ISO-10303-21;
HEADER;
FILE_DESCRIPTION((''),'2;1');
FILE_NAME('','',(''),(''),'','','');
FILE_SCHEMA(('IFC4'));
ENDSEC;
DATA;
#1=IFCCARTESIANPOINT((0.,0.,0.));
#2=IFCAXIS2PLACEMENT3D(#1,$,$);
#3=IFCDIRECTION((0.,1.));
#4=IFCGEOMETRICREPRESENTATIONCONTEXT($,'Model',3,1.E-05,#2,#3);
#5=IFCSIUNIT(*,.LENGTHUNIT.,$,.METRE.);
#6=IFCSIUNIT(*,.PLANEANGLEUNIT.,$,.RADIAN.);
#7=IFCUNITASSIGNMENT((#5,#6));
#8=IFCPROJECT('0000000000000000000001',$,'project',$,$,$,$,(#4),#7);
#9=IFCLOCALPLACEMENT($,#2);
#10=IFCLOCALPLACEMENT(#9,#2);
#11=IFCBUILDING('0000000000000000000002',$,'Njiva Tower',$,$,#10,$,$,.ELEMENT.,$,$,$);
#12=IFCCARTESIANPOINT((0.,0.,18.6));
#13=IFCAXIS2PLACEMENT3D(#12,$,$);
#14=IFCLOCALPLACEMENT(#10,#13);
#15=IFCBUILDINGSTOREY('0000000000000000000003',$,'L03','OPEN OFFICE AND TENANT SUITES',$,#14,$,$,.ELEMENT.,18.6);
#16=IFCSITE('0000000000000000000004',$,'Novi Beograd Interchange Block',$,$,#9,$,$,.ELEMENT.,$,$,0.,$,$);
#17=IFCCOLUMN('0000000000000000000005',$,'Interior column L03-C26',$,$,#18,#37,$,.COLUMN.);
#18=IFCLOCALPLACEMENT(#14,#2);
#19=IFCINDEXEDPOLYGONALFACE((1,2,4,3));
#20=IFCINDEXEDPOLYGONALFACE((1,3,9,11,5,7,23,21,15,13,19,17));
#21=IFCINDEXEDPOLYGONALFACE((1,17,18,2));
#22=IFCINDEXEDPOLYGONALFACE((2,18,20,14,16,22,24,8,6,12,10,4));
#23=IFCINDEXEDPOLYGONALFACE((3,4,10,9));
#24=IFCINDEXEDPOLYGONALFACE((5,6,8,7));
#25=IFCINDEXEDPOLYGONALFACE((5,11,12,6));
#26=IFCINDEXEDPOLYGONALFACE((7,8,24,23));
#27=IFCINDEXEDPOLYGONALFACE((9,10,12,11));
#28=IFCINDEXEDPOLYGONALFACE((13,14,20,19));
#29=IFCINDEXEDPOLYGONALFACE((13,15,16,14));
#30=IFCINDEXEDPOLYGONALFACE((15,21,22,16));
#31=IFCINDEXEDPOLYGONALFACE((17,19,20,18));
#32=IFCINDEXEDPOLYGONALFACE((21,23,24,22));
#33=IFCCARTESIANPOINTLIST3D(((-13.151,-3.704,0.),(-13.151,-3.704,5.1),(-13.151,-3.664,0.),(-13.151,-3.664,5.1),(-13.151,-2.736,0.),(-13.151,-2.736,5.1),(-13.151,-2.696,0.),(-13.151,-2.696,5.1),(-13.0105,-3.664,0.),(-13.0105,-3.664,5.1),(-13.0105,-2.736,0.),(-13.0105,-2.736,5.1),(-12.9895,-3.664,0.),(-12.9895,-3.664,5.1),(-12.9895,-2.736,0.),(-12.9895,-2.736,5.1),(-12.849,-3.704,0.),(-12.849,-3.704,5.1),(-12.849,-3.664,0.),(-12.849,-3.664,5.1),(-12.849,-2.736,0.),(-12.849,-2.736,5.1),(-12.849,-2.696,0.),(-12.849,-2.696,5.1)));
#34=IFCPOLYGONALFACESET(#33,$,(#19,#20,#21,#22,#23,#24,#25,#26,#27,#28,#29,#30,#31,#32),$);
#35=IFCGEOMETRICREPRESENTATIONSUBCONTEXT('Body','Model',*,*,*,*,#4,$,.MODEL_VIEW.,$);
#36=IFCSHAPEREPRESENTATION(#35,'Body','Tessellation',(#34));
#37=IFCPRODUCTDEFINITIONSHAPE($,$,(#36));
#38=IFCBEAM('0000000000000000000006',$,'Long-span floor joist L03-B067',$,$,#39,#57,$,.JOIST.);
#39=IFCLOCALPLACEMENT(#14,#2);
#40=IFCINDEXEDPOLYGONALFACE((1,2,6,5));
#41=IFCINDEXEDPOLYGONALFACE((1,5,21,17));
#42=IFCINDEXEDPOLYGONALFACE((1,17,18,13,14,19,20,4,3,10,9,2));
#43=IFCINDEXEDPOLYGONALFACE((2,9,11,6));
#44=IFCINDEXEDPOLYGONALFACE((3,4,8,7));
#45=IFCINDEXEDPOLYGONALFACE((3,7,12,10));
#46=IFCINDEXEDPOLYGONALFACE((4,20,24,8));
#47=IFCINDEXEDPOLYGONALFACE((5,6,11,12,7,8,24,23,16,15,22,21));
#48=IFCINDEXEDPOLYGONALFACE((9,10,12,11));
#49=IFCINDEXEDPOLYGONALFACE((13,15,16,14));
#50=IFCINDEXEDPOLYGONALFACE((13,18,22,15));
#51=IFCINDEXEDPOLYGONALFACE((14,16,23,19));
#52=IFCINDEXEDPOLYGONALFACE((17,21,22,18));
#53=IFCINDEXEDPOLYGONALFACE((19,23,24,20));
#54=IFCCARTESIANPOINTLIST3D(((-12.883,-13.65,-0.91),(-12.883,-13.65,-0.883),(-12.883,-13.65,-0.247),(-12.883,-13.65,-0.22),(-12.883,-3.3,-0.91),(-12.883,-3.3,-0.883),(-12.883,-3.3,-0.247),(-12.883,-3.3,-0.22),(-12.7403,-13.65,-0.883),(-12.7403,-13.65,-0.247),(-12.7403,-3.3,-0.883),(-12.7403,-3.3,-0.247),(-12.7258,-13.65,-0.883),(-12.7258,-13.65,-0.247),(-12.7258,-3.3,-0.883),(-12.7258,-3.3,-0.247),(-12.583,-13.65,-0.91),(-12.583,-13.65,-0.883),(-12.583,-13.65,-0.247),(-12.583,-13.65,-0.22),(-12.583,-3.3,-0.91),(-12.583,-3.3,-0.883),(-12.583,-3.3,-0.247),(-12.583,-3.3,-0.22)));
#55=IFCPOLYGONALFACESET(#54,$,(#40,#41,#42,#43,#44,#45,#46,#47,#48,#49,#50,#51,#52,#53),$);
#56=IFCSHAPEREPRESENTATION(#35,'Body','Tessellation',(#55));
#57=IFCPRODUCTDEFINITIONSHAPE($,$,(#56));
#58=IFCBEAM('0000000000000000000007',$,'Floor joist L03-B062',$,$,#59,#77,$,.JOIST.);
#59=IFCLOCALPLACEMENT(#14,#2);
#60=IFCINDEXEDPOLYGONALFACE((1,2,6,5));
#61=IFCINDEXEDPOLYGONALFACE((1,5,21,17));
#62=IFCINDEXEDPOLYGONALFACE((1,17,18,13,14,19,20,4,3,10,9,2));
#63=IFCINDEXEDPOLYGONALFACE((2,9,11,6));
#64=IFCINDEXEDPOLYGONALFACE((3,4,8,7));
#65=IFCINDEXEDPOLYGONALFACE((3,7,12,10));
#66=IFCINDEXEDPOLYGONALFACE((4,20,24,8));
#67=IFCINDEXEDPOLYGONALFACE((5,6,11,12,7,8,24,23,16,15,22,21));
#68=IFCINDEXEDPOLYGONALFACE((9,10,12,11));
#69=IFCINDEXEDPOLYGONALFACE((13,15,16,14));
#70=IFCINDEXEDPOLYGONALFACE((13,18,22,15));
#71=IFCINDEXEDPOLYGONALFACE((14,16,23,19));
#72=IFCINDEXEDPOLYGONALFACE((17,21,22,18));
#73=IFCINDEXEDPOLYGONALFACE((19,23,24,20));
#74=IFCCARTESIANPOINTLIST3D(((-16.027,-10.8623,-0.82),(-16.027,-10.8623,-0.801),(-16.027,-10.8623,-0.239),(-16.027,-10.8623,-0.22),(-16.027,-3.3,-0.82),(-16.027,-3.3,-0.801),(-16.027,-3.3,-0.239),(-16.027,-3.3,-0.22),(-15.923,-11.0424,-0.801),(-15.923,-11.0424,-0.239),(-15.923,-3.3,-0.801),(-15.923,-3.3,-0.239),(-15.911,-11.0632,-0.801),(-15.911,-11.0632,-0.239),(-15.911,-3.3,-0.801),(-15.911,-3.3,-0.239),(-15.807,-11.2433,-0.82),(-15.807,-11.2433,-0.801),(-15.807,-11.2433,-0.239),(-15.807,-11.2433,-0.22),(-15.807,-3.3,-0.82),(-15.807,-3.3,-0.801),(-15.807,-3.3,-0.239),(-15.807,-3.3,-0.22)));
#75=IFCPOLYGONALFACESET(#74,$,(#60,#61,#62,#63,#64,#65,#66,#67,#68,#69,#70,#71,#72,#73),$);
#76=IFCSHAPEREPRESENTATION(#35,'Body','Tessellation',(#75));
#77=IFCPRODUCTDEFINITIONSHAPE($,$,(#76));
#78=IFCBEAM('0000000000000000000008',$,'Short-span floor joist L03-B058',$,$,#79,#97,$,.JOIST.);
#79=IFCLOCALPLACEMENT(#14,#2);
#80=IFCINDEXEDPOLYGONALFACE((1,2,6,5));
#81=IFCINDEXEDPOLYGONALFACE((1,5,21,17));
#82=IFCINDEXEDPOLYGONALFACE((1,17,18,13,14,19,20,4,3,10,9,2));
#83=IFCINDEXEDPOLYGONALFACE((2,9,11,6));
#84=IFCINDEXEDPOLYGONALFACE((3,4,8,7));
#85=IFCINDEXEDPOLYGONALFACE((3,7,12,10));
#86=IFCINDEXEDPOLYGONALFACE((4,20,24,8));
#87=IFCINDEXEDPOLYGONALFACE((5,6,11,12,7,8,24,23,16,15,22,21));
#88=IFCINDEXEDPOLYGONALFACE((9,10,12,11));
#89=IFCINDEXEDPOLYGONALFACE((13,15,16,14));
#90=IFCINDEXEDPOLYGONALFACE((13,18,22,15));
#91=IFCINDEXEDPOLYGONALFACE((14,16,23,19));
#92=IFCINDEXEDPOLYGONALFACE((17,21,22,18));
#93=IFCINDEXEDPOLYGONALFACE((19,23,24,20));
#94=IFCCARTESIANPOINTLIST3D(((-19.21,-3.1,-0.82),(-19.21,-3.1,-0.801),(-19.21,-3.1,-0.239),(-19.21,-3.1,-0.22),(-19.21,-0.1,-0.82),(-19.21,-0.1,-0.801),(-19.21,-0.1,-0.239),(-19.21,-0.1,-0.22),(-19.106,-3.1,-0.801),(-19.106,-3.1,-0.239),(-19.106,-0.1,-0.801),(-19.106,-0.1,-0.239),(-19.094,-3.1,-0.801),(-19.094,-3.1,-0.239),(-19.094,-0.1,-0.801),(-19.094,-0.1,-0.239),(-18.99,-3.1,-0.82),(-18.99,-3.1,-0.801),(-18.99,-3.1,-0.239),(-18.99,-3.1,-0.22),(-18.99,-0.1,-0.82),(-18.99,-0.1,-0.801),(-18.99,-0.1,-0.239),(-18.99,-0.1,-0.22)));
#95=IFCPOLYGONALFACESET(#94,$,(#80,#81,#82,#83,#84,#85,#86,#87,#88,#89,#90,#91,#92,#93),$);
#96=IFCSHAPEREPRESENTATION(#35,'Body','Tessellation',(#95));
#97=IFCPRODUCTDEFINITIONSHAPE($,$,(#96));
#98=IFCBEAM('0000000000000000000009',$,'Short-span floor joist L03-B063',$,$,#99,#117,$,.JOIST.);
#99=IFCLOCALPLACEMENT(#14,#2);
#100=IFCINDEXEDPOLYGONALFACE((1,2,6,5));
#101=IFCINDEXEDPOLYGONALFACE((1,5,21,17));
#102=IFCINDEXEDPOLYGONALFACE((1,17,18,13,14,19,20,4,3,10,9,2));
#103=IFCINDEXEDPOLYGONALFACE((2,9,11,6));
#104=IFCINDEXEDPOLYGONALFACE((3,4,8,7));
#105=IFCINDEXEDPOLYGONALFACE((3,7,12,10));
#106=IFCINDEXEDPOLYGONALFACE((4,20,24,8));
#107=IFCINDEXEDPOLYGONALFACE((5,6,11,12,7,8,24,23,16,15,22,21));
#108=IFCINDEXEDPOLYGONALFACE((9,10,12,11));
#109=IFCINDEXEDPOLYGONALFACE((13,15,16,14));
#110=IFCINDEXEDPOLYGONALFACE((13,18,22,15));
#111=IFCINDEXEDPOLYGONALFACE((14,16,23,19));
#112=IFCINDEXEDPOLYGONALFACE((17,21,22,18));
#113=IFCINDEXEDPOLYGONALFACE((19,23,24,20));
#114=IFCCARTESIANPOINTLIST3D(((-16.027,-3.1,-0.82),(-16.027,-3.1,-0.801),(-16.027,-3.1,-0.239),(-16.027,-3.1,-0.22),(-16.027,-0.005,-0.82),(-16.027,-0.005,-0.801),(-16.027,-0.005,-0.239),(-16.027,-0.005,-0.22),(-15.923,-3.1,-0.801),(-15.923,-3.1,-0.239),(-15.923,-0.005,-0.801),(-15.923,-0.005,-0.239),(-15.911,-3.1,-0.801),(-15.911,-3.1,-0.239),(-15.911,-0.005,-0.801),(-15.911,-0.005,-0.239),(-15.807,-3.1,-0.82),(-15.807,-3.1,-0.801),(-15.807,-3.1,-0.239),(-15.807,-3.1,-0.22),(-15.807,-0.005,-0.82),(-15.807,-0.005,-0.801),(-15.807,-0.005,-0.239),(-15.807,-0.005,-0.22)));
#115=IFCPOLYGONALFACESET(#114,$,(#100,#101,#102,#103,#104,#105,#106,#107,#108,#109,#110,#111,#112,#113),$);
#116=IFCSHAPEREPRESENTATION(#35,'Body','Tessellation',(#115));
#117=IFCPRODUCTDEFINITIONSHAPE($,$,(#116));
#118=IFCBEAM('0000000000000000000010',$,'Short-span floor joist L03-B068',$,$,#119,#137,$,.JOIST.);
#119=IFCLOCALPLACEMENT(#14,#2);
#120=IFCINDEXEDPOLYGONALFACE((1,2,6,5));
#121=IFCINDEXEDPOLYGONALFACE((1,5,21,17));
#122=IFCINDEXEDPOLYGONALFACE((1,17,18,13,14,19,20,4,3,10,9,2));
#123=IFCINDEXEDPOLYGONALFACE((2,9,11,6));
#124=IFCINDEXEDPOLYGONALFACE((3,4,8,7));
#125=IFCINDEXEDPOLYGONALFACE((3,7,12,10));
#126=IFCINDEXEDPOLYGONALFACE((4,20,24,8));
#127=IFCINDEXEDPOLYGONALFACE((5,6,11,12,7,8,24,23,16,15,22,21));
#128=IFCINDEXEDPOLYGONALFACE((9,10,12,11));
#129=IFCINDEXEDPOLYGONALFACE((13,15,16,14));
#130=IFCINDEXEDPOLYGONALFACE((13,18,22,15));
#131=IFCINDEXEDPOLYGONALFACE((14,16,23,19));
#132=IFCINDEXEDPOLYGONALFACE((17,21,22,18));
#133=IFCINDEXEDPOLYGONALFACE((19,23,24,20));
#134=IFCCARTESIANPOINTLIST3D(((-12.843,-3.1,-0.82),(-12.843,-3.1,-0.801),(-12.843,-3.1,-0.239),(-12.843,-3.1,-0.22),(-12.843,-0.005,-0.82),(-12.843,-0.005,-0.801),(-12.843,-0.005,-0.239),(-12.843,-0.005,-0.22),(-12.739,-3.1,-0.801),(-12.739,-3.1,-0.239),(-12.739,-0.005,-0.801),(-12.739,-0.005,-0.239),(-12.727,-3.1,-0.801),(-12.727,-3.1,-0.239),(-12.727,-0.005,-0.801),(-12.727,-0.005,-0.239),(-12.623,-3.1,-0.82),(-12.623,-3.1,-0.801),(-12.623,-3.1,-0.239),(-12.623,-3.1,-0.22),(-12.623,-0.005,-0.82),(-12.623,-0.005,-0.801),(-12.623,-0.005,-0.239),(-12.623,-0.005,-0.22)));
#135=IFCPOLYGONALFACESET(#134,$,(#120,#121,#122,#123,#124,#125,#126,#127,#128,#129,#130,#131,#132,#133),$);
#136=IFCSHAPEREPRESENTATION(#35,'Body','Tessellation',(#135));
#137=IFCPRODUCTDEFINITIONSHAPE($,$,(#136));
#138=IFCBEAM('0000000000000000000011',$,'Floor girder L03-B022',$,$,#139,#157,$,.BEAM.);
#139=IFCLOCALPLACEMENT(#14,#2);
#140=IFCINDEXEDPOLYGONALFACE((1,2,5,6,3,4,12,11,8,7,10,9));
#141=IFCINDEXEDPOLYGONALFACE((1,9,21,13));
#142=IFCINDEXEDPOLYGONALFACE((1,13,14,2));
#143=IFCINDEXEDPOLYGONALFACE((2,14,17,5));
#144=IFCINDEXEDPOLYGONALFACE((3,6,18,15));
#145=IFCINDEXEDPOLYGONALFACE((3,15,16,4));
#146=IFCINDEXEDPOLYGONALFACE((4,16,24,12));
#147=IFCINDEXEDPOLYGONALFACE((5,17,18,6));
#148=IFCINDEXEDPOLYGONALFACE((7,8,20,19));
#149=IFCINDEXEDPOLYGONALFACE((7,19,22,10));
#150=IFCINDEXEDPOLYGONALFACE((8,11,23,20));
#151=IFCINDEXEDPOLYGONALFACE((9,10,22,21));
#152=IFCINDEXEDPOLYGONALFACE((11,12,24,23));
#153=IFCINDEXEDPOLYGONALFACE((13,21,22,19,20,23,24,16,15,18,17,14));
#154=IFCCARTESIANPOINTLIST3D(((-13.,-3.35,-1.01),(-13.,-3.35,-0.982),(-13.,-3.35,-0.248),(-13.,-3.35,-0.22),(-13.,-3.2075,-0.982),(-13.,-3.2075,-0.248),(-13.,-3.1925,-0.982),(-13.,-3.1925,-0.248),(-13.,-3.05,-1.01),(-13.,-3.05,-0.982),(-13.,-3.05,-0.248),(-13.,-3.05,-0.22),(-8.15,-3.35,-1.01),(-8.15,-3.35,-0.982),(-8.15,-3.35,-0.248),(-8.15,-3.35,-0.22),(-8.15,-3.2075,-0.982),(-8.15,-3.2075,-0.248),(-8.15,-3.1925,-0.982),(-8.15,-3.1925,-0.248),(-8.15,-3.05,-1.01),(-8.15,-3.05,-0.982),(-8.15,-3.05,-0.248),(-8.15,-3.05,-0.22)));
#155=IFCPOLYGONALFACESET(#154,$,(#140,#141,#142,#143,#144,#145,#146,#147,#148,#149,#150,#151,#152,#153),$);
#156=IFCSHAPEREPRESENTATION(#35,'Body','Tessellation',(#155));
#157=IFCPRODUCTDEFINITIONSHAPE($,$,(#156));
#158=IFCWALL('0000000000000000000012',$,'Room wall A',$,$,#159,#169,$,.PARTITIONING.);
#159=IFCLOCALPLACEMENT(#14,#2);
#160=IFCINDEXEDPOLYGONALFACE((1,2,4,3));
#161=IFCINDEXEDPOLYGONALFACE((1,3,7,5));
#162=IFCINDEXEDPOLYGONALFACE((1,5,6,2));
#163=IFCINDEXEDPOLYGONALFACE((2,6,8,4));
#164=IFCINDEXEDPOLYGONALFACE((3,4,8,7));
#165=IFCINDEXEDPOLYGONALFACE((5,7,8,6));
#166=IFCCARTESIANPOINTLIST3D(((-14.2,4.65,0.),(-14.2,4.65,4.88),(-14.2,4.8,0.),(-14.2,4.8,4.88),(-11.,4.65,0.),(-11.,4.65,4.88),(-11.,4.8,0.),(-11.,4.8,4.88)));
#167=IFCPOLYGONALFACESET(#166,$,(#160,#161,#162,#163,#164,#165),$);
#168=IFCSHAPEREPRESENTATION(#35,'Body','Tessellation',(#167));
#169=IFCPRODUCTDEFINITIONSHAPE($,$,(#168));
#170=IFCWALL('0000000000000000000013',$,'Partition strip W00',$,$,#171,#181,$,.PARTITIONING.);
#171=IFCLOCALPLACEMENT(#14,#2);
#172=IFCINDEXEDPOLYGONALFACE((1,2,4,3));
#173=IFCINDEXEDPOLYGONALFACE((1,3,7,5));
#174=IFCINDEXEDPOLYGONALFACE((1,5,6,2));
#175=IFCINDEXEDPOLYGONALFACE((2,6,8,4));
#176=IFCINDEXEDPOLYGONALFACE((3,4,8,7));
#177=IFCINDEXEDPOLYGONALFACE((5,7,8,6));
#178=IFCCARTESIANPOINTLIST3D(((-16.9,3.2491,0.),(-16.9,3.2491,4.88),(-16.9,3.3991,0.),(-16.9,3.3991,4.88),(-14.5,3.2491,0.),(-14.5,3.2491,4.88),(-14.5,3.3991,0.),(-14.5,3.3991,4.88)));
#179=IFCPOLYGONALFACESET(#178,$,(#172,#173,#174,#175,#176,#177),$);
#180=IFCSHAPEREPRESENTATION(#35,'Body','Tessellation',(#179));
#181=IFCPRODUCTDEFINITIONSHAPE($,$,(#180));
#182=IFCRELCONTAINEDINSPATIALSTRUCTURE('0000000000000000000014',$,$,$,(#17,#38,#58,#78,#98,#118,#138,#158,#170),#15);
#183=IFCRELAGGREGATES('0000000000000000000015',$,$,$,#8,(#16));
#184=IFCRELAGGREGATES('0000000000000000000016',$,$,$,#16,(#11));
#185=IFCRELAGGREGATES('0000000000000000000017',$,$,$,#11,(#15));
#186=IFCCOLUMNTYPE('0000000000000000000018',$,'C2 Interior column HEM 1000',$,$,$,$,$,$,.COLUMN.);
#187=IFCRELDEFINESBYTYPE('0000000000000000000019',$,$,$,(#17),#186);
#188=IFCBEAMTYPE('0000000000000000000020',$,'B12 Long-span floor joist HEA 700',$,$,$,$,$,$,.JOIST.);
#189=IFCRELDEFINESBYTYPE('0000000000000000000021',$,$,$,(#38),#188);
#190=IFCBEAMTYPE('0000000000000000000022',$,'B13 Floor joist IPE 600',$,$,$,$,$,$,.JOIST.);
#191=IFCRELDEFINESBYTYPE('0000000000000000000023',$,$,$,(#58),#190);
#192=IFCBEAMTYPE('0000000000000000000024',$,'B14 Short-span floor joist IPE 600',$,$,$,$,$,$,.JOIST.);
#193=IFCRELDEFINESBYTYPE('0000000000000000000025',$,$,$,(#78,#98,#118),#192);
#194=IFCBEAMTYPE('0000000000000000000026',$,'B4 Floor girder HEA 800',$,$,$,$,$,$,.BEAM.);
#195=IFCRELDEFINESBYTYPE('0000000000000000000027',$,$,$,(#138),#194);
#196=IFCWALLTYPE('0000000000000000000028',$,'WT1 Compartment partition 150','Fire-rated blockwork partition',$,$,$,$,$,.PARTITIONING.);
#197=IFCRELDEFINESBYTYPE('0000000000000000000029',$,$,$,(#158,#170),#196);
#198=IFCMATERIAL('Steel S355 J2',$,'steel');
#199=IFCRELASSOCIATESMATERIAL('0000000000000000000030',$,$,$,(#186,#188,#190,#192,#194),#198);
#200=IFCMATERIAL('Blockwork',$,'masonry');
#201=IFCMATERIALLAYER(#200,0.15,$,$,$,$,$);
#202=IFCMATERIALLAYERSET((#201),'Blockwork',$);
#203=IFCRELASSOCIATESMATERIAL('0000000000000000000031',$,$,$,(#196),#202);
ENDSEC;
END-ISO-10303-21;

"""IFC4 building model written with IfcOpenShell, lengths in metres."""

from ifc_helpers import new_model, si_unit, direction, frame, frame_2d, origin, origin_2d, place, context, subcontext, project, spatial, rectangle, i_section, extrude, clip, halfspace, material, layer, layer_set, material_profile, profile_set, type_object, element, save


model = new_model("IFC4")

# Units and contexts
model_context = context("Model", 3, precision=1e-05, world=origin(), true_north=direction((0.0, 1.0)))
body_context = subcontext(model_context, "Body", "Model", "MODEL_VIEW")
ifc_project = project(units=[si_unit("LENGTHUNIT", "METRE"), si_unit("PLANEANGLEUNIT", "RADIAN")], contexts=[model_context])

# Site, building, storey
site_placement = place(None, origin())
site = spatial("IfcSite", under=ifc_project, at=site_placement, Name="Novi Beograd Interchange Block", CompositionType="ELEMENT", RefElevation=0.0)
building_placement = place(site_placement, origin())
building = spatial("IfcBuilding", under=site, at=building_placement, Name="Njiva Tower", CompositionType="ELEMENT")
storey_placement = place(building_placement, frame((0.0, 0.0, 18.6)))
storey = spatial("IfcBuildingStorey", under=building, at=storey_placement, Name="L03", Description="OPEN OFFICE AND TENANT SUITES", CompositionType="ELEMENT", Elevation=18.6)

# Column
ifc_material_1 = material(Name="Steel S355 J2", Category="steel")
ifc_material_profile_1 = material_profile(ifc_material_1, i_section(OverallWidth=0.302, OverallDepth=1.008, WebThickness=0.021, FlangeThickness=0.04, at=origin_2d()), Name="HEM 1000")
ifc_profile_set_1 = profile_set([ifc_material_profile_1], Name="Steel S355 J2")
column_type = type_object("IfcColumnType", Name="C2 Interior column HEM 1000", PredefinedType="COLUMN", material=ifc_profile_set_1)
column_placement = place(storey_placement, frame((-13.0, -3.2, 0.0), z_axis=(0.0, 0.0, 1.0), x_axis=(1.0, 0.0, 0.0)))
element("IfcColumn", 1, at=column_placement, inside=storey, type_object=column_type, Name="Interior column L03-C26", PredefinedType="COLUMN", context=body_context, shape_type="SweptSolid", body=[
    extrude(i_section(OverallWidth=0.302, OverallDepth=1.008, WebThickness=0.021, FlangeThickness=0.04, at=origin_2d()), origin(), (0.0, 0.0, 1.0), 5.1),
])

# Beams
ifc_material_profile_2 = material_profile(ifc_material_1, i_section(OverallWidth=0.3, OverallDepth=0.69, WebThickness=0.0145, FlangeThickness=0.027, at=origin_2d()), Name="HEA 700")
ifc_profile_set_2 = profile_set([ifc_material_profile_2], Name="Steel S355 J2")
beam_type_1 = type_object("IfcBeamType", Name="B12 Long-span floor joist HEA 700", PredefinedType="JOIST", material=ifc_profile_set_2)
beam_1_placement = place(storey_placement, frame((-12.733, -3.3, -0.565), z_axis=(0.0, -1.0, 0.0), x_axis=(1.0, 0.0, 0.0)))
element("IfcBeam", 2, at=beam_1_placement, inside=storey, type_object=beam_type_1, Name="Long-span floor joist L03-B067", PredefinedType="JOIST", context=body_context, shape_type="SweptSolid", body=[
    extrude(i_section(OverallWidth=0.3, OverallDepth=0.69, WebThickness=0.0145, FlangeThickness=0.027, at=origin_2d()), origin(), (0.0, 0.0, 1.0), 10.35),
])
ifc_material_profile_3 = material_profile(ifc_material_1, i_section(OverallWidth=0.22, OverallDepth=0.6, WebThickness=0.012, FlangeThickness=0.019, at=origin_2d()), Name="IPE 600")
ifc_profile_set_3 = profile_set([ifc_material_profile_3], Name="Steel S355 J2")
beam_type_2 = type_object("IfcBeamType", Name="B13 Floor joist IPE 600", PredefinedType="JOIST", material=ifc_profile_set_3)
beam_2_placement = place(storey_placement, frame((-15.917, -3.3, -0.52), z_axis=(0.0, -1.0, 0.0), x_axis=(1.0, 0.0, 0.0)))
element("IfcBeam", 3, at=beam_2_placement, inside=storey, type_object=beam_type_2, Name="Floor joist L03-B062", PredefinedType="JOIST", context=body_context, shape_type="Clipping", body=[
    clip(extrude(i_section(OverallWidth=0.22, OverallDepth=0.6, WebThickness=0.012, FlangeThickness=0.019, at=origin_2d()), origin(), (0.0, 0.0, 1.0), 7.964), halfspace(frame((-0.043, 0.0, 7.6783), z_axis=(-0.866027, 0.0, 0.499998), x_axis=(0.0, 1.0, 0.0)), False)),
])
ifc_material_profile_4 = material_profile(ifc_material_1, i_section(OverallWidth=0.22, OverallDepth=0.6, WebThickness=0.012, FlangeThickness=0.019, at=origin_2d()), Name="IPE 600")
ifc_profile_set_4 = profile_set([ifc_material_profile_4], Name="Steel S355 J2")
beam_type_3 = type_object("IfcBeamType", Name="B14 Short-span floor joist IPE 600", PredefinedType="JOIST", material=ifc_profile_set_4)
beam_3_placement = place(storey_placement, frame((-19.1, -0.1, -0.52), z_axis=(0.0, -1.0, 0.0), x_axis=(1.0, 0.0, 0.0)))
element("IfcBeam", 4, at=beam_3_placement, inside=storey, type_object=beam_type_3, Name="Short-span floor joist L03-B058", PredefinedType="JOIST", context=body_context, shape_type="SweptSolid", body=[
    extrude(i_section(OverallWidth=0.22, OverallDepth=0.6, WebThickness=0.012, FlangeThickness=0.019, at=origin_2d()), origin(), (0.0, 0.0, 1.0), 3.0),
])
for number, where, z_axis, x_axis, name in (
    (5, (-15.917, -0.005, -0.52), (0.0, -1.0, 0.0), (1.0, 0.0, 0.0), "Short-span floor joist L03-B063"),
    (6, (-12.733, -0.005, -0.52), (0.0, -1.0, 0.0), (1.0, 0.0, 0.0), "Short-span floor joist L03-B068"),
):
    element("IfcBeam", number, at=place(storey_placement, frame(where, z_axis=z_axis, x_axis=x_axis)), inside=storey, type_object=beam_type_3, Name=name, PredefinedType="JOIST", context=body_context, shape_type="SweptSolid", body=[
        extrude(i_section(OverallWidth=0.22, OverallDepth=0.6, WebThickness=0.012, FlangeThickness=0.019, at=origin_2d()), origin(), (0.0, 0.0, 1.0), 3.095),
    ])
ifc_material_profile_5 = material_profile(ifc_material_1, i_section(OverallWidth=0.3, OverallDepth=0.79, WebThickness=0.015, FlangeThickness=0.028, at=origin_2d()), Name="HEA 800")
ifc_profile_set_5 = profile_set([ifc_material_profile_5], Name="Steel S355 J2")
beam_type_4 = type_object("IfcBeamType", Name="B4 Floor girder HEA 800", PredefinedType="BEAM", material=ifc_profile_set_5)
beam_4_placement = place(storey_placement, frame((-13.0, -3.2, -0.615), z_axis=(1.0, 0.0, 0.0), x_axis=(0.0, 1.0, 0.0)))
element("IfcBeam", 7, at=beam_4_placement, inside=storey, type_object=beam_type_4, Name="Floor girder L03-B022", PredefinedType="BEAM", context=body_context, shape_type="SweptSolid", body=[
    extrude(i_section(OverallWidth=0.3, OverallDepth=0.79, WebThickness=0.015, FlangeThickness=0.028, at=origin_2d()), origin(), (0.0, 0.0, 1.0), 4.85),
])

# Walls
ifc_material_2 = material(Name="Blockwork", Category="masonry")
ifc_layer_1 = layer(ifc_material_2, 0.15)
ifc_layer_set_1 = layer_set([ifc_layer_1], Name="Blockwork")
wall_type_1 = type_object("IfcWallType", Name="WT1 Compartment partition 150", Description="Fire-rated blockwork partition", PredefinedType="PARTITIONING", material=ifc_layer_set_1)
wall_1_placement = place(storey_placement, frame((-14.2, 4.725, 0.0), z_axis=(0.0, 0.0, 1.0), x_axis=(1.0, 0.0, 0.0)))
element("IfcWall", 8, at=wall_1_placement, inside=storey, type_object=wall_type_1, Name="Room wall A", PredefinedType="PARTITIONING", context=body_context, shape_type="SweptSolid", body=[
    extrude(rectangle(XDim=3.2, YDim=0.15, at=frame_2d((1.6, 0.0))), origin(), (0.0, 0.0, 1.0), 4.88),
])
wall_2_placement = place(storey_placement, frame((-16.9, 3.3241, 0.0), z_axis=(0.0, 0.0, 1.0), x_axis=(1.0, 0.0, 0.0)))
element("IfcWall", 9, at=wall_2_placement, inside=storey, type_object=wall_type_1, Name="Partition strip W00", PredefinedType="PARTITIONING", context=body_context, shape_type="SweptSolid", body=[
    extrude(rectangle(XDim=2.4, YDim=0.15, at=frame_2d((1.2, 0.0))), origin(), (0.0, 0.0, 1.0), 4.88),
])

save(model, "model.ifc")
